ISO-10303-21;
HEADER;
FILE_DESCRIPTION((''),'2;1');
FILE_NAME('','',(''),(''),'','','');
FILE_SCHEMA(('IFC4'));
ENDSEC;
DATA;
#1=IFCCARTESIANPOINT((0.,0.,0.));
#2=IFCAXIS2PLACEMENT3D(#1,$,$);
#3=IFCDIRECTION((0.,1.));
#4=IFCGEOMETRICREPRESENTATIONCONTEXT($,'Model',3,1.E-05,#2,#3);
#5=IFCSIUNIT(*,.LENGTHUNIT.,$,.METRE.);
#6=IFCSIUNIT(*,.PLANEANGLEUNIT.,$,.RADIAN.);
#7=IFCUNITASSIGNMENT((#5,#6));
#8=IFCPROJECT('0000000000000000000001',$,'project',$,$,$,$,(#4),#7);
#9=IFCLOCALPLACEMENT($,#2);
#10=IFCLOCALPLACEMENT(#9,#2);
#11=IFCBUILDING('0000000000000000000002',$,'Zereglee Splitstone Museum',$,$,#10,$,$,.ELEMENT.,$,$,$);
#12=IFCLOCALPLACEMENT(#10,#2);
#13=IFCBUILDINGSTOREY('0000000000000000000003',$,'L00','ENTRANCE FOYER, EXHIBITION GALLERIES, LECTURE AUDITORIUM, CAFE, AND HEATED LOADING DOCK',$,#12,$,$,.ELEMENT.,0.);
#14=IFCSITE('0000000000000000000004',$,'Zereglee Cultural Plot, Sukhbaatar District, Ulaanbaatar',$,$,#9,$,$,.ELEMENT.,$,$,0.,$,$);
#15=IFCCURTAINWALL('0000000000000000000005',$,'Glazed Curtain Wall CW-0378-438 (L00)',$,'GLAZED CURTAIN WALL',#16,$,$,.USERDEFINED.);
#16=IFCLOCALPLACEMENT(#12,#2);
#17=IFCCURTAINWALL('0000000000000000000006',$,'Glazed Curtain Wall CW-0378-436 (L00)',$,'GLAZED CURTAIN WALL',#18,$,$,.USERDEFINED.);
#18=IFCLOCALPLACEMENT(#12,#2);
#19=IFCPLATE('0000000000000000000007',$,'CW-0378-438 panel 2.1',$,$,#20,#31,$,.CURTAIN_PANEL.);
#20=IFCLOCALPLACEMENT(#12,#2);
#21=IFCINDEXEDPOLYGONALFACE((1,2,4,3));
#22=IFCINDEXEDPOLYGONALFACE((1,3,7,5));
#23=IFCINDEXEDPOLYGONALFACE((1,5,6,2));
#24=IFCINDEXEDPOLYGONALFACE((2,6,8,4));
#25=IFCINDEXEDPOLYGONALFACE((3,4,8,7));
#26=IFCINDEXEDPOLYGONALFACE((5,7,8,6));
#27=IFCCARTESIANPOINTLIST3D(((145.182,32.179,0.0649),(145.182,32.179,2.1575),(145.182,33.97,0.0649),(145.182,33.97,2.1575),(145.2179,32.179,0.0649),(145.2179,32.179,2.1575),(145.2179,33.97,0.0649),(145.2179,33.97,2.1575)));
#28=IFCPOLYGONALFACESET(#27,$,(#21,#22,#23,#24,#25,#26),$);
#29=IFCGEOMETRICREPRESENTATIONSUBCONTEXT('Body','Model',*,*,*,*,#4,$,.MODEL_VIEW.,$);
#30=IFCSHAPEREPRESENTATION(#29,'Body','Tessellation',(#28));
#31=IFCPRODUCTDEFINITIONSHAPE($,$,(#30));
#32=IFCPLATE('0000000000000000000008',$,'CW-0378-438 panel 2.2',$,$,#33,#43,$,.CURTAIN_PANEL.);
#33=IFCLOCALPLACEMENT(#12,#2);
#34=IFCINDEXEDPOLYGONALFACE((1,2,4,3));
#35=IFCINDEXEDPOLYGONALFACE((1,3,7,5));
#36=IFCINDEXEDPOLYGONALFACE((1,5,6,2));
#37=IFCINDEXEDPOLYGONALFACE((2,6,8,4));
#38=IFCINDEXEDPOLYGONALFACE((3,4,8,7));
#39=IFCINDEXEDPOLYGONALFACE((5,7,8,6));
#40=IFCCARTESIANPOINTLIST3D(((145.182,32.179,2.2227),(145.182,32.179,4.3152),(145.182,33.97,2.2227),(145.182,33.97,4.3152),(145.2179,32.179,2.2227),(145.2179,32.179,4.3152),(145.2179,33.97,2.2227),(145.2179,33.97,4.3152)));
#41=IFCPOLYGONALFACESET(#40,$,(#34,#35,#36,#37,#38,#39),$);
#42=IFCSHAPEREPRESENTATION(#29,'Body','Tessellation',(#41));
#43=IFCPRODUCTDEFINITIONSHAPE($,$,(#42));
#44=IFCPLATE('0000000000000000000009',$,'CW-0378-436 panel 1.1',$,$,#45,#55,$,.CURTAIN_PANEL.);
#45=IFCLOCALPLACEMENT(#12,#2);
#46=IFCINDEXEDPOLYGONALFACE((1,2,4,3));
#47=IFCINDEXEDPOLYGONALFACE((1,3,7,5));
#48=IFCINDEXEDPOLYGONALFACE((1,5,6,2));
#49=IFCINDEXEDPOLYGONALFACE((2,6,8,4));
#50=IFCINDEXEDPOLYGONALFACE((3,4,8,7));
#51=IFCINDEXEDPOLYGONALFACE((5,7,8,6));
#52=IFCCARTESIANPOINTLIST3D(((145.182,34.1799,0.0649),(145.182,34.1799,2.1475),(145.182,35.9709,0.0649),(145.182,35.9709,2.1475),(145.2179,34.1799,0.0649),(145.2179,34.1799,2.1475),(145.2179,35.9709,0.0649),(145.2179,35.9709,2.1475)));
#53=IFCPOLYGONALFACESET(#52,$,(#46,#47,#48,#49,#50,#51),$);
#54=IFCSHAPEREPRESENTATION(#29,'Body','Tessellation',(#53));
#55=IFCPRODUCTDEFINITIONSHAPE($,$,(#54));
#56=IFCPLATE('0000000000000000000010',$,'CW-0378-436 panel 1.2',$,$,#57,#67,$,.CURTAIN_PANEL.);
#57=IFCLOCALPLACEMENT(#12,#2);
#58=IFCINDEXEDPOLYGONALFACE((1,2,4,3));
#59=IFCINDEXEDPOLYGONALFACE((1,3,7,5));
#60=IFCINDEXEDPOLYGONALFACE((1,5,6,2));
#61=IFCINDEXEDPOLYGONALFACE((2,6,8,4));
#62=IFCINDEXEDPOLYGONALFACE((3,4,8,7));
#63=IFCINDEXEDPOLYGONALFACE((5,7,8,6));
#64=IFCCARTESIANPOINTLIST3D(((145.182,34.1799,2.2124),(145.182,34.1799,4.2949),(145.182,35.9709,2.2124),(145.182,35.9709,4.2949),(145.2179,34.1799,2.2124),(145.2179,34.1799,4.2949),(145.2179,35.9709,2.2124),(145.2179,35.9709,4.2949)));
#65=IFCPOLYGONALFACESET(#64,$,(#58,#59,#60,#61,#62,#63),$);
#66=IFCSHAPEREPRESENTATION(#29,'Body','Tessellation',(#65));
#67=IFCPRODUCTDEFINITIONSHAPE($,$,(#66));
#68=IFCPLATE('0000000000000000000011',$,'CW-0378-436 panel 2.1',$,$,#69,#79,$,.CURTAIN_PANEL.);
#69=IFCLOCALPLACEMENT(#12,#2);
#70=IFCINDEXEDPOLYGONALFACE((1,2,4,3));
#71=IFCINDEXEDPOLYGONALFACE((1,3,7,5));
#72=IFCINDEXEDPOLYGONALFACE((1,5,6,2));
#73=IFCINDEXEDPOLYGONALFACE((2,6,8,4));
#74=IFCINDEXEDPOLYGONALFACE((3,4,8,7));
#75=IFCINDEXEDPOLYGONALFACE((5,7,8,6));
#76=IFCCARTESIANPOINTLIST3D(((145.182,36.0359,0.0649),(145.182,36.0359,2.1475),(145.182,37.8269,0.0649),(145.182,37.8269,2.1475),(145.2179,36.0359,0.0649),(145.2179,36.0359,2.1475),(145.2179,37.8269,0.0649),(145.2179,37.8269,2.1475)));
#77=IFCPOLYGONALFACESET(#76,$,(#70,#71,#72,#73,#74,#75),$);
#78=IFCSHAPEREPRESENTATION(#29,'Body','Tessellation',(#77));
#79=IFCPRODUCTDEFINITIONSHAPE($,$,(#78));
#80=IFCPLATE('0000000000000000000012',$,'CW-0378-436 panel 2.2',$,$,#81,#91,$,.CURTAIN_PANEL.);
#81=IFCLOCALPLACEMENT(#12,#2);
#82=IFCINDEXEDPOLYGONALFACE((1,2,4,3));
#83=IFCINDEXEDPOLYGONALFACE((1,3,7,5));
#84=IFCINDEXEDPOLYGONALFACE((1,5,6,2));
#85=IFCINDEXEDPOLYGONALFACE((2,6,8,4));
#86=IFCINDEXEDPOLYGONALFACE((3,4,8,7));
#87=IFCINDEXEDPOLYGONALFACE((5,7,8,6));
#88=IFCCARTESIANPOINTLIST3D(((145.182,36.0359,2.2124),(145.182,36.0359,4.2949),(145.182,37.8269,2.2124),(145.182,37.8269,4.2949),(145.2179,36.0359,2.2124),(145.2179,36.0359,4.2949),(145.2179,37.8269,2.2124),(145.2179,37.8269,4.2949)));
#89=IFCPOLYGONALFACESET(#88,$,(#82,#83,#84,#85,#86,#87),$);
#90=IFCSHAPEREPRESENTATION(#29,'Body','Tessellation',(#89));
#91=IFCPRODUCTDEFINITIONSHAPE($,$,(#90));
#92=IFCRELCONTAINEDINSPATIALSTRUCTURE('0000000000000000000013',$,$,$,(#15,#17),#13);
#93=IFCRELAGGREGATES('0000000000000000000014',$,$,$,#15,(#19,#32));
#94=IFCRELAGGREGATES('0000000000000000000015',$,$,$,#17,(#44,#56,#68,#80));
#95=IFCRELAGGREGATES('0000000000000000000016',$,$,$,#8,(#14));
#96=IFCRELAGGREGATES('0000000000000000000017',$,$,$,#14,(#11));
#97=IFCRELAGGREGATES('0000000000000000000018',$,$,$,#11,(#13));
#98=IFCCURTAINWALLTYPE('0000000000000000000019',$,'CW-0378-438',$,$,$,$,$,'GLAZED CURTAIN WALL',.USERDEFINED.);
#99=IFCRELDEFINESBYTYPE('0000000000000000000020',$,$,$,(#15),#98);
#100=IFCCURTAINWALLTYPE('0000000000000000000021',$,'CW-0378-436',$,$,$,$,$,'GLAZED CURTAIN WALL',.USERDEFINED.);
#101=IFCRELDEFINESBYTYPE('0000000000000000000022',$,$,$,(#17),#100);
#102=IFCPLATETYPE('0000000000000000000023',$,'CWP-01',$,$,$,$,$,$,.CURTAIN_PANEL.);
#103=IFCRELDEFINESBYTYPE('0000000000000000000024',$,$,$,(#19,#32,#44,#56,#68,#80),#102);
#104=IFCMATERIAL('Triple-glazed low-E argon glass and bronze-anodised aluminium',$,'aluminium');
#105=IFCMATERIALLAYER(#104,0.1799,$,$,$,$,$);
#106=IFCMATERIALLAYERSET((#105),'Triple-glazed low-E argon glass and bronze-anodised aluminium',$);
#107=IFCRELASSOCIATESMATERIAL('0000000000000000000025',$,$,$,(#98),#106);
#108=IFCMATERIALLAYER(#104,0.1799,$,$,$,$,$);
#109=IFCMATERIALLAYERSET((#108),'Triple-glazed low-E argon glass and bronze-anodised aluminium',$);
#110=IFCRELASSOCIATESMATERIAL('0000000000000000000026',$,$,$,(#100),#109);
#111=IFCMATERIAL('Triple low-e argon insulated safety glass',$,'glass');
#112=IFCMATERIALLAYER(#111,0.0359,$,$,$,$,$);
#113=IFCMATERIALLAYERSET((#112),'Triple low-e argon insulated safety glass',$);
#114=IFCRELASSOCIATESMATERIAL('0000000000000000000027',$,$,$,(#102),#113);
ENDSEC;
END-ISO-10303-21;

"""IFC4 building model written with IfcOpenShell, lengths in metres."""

from ifc_helpers import new_model, si_unit, direction, frame, origin, origin_2d, place, context, subcontext, project, spatial, rectangle, extrude, material, layer, layer_set, type_object, element, aggregate, save


model = new_model("IFC4")

# Units and contexts
model_context = context("Model", 3, precision=1e-05, world=origin(), true_north=direction((0.0, 1.0)))
body_context = subcontext(model_context, "Body", "Model", "MODEL_VIEW")
ifc_project = project(units=[si_unit("LENGTHUNIT", "METRE"), si_unit("PLANEANGLEUNIT", "RADIAN")], contexts=[model_context])

# Site, building, storey
site_placement = place(None, origin())
site = spatial("IfcSite", under=ifc_project, at=site_placement, Name="Zereglee Cultural Plot, Sukhbaatar District, Ulaanbaatar", CompositionType="ELEMENT", RefElevation=0.0)
building_placement = place(site_placement, origin())
building = spatial("IfcBuilding", under=site, at=building_placement, Name="Zereglee Splitstone Museum", CompositionType="ELEMENT")
storey_placement = place(building_placement, origin())
storey = spatial("IfcBuildingStorey", under=building, at=storey_placement, Name="L00", Description="ENTRANCE FOYER, EXHIBITION GALLERIES, LECTURE AUDITORIUM, CAFE, AND HEATED LOADING DOCK", CompositionType="ELEMENT", Elevation=0.0)

# Shared definitions
ifc_material_1 = material(Name="Triple-glazed low-E argon glass and bronze-anodised aluminium", Category="aluminium")

# Curtain walls
ifc_layer_1 = layer(ifc_material_1, 0.1799)
ifc_layer_set_1 = layer_set([ifc_layer_1], Name="Triple-glazed low-E argon glass and bronze-anodised aluminium")
curtain_wall_type_1 = type_object("IfcCurtainWallType", Name="CW-0378-438", ElementType="GLAZED CURTAIN WALL", PredefinedType="USERDEFINED", material=ifc_layer_set_1)
curtain_wall_1_placement = place(storey_placement, origin())
curtain_wall_1 = element("IfcCurtainWall", 1, at=curtain_wall_1_placement, inside=storey, type_object=curtain_wall_type_1, Name="Glazed Curtain Wall CW-0378-438 (L00)", ObjectType="GLAZED CURTAIN WALL", PredefinedType="USERDEFINED")
ifc_layer_2 = layer(ifc_material_1, 0.1799)
ifc_layer_set_2 = layer_set([ifc_layer_2], Name="Triple-glazed low-E argon glass and bronze-anodised aluminium")
curtain_wall_type_2 = type_object("IfcCurtainWallType", Name="CW-0378-436", ElementType="GLAZED CURTAIN WALL", PredefinedType="USERDEFINED", material=ifc_layer_set_2)
curtain_wall_2_placement = place(storey_placement, origin())
curtain_wall_2 = element("IfcCurtainWall", 2, at=curtain_wall_2_placement, inside=storey, type_object=curtain_wall_type_2, Name="Glazed Curtain Wall CW-0378-436 (L00)", ObjectType="GLAZED CURTAIN WALL", PredefinedType="USERDEFINED")

# Plates
ifc_material_2 = material(Name="Triple low-e argon insulated safety glass", Category="glass")
ifc_layer_3 = layer(ifc_material_2, 0.0359)
ifc_layer_set_3 = layer_set([ifc_layer_3], Name="Triple low-e argon insulated safety glass")
plate_type = type_object("IfcPlateType", Name="CWP-01", PredefinedType="CURTAIN_PANEL", material=ifc_layer_set_3)
plate_1_placement = place(storey_placement, frame((145.2, 33.0745, 0.0649), z_axis=(0.0, 0.0, 1.0), x_axis=(0.0, 1.0, 0.0)))
plate_1 = element("IfcPlate", 3, at=plate_1_placement, type_object=plate_type, Name="CW-0378-438 panel 2.1", PredefinedType="CURTAIN_PANEL", context=body_context, shape_type="SweptSolid", body=[
    extrude(rectangle(XDim=1.791, YDim=0.0359, at=origin_2d()), origin(), (0.0, 0.0, 1.0), 2.0925),
])
plate_2_placement = place(storey_placement, frame((145.2, 33.0745, 2.2227), z_axis=(0.0, 0.0, 1.0), x_axis=(0.0, 1.0, 0.0)))
plate_2 = element("IfcPlate", 4, at=plate_2_placement, type_object=plate_type, Name="CW-0378-438 panel 2.2", PredefinedType="CURTAIN_PANEL", context=body_context, shape_type="SweptSolid", body=[
    extrude(rectangle(XDim=1.791, YDim=0.0359, at=origin_2d()), origin(), (0.0, 0.0, 1.0), 2.0925),
])
aggregate(curtain_wall_1, [plate_1, plate_2])
plate_3_placement = place(storey_placement, frame((145.2, 35.0754, 0.0649), z_axis=(0.0, 0.0, 1.0), x_axis=(0.0, 1.0, 0.0)))
plate_3 = element("IfcPlate", 5, at=plate_3_placement, type_object=plate_type, Name="CW-0378-436 panel 1.1", PredefinedType="CURTAIN_PANEL", context=body_context, shape_type="SweptSolid", body=[
    extrude(rectangle(XDim=1.791, YDim=0.0359, at=origin_2d()), origin(), (0.0, 0.0, 1.0), 2.0825),
])
plate_4_placement = place(storey_placement, frame((145.2, 35.0754, 2.2124), z_axis=(0.0, 0.0, 1.0), x_axis=(0.0, 1.0, 0.0)))
plate_4 = element("IfcPlate", 6, at=plate_4_placement, type_object=plate_type, Name="CW-0378-436 panel 1.2", PredefinedType="CURTAIN_PANEL", context=body_context, shape_type="SweptSolid", body=[
    extrude(rectangle(XDim=1.791, YDim=0.0359, at=origin_2d()), origin(), (0.0, 0.0, 1.0), 2.0825),
])
plate_5_placement = place(storey_placement, frame((145.2, 36.9314, 0.0649), z_axis=(0.0, 0.0, 1.0), x_axis=(0.0, 1.0, 0.0)))
plate_5 = element("IfcPlate", 7, at=plate_5_placement, type_object=plate_type, Name="CW-0378-436 panel 2.1", PredefinedType="CURTAIN_PANEL", context=body_context, shape_type="SweptSolid", body=[
    extrude(rectangle(XDim=1.791, YDim=0.0359, at=origin_2d()), origin(), (0.0, 0.0, 1.0), 2.0825),
])
plate_6_placement = place(storey_placement, frame((145.2, 36.9314, 2.2124), z_axis=(0.0, 0.0, 1.0), x_axis=(0.0, 1.0, 0.0)))
plate_6 = element("IfcPlate", 8, at=plate_6_placement, type_object=plate_type, Name="CW-0378-436 panel 2.2", PredefinedType="CURTAIN_PANEL", context=body_context, shape_type="SweptSolid", body=[
    extrude(rectangle(XDim=1.791, YDim=0.0359, at=origin_2d()), origin(), (0.0, 0.0, 1.0), 2.0825),
])
aggregate(curtain_wall_2, [plate_3, plate_4, plate_5, plate_6])

save(model, "model.ifc")
